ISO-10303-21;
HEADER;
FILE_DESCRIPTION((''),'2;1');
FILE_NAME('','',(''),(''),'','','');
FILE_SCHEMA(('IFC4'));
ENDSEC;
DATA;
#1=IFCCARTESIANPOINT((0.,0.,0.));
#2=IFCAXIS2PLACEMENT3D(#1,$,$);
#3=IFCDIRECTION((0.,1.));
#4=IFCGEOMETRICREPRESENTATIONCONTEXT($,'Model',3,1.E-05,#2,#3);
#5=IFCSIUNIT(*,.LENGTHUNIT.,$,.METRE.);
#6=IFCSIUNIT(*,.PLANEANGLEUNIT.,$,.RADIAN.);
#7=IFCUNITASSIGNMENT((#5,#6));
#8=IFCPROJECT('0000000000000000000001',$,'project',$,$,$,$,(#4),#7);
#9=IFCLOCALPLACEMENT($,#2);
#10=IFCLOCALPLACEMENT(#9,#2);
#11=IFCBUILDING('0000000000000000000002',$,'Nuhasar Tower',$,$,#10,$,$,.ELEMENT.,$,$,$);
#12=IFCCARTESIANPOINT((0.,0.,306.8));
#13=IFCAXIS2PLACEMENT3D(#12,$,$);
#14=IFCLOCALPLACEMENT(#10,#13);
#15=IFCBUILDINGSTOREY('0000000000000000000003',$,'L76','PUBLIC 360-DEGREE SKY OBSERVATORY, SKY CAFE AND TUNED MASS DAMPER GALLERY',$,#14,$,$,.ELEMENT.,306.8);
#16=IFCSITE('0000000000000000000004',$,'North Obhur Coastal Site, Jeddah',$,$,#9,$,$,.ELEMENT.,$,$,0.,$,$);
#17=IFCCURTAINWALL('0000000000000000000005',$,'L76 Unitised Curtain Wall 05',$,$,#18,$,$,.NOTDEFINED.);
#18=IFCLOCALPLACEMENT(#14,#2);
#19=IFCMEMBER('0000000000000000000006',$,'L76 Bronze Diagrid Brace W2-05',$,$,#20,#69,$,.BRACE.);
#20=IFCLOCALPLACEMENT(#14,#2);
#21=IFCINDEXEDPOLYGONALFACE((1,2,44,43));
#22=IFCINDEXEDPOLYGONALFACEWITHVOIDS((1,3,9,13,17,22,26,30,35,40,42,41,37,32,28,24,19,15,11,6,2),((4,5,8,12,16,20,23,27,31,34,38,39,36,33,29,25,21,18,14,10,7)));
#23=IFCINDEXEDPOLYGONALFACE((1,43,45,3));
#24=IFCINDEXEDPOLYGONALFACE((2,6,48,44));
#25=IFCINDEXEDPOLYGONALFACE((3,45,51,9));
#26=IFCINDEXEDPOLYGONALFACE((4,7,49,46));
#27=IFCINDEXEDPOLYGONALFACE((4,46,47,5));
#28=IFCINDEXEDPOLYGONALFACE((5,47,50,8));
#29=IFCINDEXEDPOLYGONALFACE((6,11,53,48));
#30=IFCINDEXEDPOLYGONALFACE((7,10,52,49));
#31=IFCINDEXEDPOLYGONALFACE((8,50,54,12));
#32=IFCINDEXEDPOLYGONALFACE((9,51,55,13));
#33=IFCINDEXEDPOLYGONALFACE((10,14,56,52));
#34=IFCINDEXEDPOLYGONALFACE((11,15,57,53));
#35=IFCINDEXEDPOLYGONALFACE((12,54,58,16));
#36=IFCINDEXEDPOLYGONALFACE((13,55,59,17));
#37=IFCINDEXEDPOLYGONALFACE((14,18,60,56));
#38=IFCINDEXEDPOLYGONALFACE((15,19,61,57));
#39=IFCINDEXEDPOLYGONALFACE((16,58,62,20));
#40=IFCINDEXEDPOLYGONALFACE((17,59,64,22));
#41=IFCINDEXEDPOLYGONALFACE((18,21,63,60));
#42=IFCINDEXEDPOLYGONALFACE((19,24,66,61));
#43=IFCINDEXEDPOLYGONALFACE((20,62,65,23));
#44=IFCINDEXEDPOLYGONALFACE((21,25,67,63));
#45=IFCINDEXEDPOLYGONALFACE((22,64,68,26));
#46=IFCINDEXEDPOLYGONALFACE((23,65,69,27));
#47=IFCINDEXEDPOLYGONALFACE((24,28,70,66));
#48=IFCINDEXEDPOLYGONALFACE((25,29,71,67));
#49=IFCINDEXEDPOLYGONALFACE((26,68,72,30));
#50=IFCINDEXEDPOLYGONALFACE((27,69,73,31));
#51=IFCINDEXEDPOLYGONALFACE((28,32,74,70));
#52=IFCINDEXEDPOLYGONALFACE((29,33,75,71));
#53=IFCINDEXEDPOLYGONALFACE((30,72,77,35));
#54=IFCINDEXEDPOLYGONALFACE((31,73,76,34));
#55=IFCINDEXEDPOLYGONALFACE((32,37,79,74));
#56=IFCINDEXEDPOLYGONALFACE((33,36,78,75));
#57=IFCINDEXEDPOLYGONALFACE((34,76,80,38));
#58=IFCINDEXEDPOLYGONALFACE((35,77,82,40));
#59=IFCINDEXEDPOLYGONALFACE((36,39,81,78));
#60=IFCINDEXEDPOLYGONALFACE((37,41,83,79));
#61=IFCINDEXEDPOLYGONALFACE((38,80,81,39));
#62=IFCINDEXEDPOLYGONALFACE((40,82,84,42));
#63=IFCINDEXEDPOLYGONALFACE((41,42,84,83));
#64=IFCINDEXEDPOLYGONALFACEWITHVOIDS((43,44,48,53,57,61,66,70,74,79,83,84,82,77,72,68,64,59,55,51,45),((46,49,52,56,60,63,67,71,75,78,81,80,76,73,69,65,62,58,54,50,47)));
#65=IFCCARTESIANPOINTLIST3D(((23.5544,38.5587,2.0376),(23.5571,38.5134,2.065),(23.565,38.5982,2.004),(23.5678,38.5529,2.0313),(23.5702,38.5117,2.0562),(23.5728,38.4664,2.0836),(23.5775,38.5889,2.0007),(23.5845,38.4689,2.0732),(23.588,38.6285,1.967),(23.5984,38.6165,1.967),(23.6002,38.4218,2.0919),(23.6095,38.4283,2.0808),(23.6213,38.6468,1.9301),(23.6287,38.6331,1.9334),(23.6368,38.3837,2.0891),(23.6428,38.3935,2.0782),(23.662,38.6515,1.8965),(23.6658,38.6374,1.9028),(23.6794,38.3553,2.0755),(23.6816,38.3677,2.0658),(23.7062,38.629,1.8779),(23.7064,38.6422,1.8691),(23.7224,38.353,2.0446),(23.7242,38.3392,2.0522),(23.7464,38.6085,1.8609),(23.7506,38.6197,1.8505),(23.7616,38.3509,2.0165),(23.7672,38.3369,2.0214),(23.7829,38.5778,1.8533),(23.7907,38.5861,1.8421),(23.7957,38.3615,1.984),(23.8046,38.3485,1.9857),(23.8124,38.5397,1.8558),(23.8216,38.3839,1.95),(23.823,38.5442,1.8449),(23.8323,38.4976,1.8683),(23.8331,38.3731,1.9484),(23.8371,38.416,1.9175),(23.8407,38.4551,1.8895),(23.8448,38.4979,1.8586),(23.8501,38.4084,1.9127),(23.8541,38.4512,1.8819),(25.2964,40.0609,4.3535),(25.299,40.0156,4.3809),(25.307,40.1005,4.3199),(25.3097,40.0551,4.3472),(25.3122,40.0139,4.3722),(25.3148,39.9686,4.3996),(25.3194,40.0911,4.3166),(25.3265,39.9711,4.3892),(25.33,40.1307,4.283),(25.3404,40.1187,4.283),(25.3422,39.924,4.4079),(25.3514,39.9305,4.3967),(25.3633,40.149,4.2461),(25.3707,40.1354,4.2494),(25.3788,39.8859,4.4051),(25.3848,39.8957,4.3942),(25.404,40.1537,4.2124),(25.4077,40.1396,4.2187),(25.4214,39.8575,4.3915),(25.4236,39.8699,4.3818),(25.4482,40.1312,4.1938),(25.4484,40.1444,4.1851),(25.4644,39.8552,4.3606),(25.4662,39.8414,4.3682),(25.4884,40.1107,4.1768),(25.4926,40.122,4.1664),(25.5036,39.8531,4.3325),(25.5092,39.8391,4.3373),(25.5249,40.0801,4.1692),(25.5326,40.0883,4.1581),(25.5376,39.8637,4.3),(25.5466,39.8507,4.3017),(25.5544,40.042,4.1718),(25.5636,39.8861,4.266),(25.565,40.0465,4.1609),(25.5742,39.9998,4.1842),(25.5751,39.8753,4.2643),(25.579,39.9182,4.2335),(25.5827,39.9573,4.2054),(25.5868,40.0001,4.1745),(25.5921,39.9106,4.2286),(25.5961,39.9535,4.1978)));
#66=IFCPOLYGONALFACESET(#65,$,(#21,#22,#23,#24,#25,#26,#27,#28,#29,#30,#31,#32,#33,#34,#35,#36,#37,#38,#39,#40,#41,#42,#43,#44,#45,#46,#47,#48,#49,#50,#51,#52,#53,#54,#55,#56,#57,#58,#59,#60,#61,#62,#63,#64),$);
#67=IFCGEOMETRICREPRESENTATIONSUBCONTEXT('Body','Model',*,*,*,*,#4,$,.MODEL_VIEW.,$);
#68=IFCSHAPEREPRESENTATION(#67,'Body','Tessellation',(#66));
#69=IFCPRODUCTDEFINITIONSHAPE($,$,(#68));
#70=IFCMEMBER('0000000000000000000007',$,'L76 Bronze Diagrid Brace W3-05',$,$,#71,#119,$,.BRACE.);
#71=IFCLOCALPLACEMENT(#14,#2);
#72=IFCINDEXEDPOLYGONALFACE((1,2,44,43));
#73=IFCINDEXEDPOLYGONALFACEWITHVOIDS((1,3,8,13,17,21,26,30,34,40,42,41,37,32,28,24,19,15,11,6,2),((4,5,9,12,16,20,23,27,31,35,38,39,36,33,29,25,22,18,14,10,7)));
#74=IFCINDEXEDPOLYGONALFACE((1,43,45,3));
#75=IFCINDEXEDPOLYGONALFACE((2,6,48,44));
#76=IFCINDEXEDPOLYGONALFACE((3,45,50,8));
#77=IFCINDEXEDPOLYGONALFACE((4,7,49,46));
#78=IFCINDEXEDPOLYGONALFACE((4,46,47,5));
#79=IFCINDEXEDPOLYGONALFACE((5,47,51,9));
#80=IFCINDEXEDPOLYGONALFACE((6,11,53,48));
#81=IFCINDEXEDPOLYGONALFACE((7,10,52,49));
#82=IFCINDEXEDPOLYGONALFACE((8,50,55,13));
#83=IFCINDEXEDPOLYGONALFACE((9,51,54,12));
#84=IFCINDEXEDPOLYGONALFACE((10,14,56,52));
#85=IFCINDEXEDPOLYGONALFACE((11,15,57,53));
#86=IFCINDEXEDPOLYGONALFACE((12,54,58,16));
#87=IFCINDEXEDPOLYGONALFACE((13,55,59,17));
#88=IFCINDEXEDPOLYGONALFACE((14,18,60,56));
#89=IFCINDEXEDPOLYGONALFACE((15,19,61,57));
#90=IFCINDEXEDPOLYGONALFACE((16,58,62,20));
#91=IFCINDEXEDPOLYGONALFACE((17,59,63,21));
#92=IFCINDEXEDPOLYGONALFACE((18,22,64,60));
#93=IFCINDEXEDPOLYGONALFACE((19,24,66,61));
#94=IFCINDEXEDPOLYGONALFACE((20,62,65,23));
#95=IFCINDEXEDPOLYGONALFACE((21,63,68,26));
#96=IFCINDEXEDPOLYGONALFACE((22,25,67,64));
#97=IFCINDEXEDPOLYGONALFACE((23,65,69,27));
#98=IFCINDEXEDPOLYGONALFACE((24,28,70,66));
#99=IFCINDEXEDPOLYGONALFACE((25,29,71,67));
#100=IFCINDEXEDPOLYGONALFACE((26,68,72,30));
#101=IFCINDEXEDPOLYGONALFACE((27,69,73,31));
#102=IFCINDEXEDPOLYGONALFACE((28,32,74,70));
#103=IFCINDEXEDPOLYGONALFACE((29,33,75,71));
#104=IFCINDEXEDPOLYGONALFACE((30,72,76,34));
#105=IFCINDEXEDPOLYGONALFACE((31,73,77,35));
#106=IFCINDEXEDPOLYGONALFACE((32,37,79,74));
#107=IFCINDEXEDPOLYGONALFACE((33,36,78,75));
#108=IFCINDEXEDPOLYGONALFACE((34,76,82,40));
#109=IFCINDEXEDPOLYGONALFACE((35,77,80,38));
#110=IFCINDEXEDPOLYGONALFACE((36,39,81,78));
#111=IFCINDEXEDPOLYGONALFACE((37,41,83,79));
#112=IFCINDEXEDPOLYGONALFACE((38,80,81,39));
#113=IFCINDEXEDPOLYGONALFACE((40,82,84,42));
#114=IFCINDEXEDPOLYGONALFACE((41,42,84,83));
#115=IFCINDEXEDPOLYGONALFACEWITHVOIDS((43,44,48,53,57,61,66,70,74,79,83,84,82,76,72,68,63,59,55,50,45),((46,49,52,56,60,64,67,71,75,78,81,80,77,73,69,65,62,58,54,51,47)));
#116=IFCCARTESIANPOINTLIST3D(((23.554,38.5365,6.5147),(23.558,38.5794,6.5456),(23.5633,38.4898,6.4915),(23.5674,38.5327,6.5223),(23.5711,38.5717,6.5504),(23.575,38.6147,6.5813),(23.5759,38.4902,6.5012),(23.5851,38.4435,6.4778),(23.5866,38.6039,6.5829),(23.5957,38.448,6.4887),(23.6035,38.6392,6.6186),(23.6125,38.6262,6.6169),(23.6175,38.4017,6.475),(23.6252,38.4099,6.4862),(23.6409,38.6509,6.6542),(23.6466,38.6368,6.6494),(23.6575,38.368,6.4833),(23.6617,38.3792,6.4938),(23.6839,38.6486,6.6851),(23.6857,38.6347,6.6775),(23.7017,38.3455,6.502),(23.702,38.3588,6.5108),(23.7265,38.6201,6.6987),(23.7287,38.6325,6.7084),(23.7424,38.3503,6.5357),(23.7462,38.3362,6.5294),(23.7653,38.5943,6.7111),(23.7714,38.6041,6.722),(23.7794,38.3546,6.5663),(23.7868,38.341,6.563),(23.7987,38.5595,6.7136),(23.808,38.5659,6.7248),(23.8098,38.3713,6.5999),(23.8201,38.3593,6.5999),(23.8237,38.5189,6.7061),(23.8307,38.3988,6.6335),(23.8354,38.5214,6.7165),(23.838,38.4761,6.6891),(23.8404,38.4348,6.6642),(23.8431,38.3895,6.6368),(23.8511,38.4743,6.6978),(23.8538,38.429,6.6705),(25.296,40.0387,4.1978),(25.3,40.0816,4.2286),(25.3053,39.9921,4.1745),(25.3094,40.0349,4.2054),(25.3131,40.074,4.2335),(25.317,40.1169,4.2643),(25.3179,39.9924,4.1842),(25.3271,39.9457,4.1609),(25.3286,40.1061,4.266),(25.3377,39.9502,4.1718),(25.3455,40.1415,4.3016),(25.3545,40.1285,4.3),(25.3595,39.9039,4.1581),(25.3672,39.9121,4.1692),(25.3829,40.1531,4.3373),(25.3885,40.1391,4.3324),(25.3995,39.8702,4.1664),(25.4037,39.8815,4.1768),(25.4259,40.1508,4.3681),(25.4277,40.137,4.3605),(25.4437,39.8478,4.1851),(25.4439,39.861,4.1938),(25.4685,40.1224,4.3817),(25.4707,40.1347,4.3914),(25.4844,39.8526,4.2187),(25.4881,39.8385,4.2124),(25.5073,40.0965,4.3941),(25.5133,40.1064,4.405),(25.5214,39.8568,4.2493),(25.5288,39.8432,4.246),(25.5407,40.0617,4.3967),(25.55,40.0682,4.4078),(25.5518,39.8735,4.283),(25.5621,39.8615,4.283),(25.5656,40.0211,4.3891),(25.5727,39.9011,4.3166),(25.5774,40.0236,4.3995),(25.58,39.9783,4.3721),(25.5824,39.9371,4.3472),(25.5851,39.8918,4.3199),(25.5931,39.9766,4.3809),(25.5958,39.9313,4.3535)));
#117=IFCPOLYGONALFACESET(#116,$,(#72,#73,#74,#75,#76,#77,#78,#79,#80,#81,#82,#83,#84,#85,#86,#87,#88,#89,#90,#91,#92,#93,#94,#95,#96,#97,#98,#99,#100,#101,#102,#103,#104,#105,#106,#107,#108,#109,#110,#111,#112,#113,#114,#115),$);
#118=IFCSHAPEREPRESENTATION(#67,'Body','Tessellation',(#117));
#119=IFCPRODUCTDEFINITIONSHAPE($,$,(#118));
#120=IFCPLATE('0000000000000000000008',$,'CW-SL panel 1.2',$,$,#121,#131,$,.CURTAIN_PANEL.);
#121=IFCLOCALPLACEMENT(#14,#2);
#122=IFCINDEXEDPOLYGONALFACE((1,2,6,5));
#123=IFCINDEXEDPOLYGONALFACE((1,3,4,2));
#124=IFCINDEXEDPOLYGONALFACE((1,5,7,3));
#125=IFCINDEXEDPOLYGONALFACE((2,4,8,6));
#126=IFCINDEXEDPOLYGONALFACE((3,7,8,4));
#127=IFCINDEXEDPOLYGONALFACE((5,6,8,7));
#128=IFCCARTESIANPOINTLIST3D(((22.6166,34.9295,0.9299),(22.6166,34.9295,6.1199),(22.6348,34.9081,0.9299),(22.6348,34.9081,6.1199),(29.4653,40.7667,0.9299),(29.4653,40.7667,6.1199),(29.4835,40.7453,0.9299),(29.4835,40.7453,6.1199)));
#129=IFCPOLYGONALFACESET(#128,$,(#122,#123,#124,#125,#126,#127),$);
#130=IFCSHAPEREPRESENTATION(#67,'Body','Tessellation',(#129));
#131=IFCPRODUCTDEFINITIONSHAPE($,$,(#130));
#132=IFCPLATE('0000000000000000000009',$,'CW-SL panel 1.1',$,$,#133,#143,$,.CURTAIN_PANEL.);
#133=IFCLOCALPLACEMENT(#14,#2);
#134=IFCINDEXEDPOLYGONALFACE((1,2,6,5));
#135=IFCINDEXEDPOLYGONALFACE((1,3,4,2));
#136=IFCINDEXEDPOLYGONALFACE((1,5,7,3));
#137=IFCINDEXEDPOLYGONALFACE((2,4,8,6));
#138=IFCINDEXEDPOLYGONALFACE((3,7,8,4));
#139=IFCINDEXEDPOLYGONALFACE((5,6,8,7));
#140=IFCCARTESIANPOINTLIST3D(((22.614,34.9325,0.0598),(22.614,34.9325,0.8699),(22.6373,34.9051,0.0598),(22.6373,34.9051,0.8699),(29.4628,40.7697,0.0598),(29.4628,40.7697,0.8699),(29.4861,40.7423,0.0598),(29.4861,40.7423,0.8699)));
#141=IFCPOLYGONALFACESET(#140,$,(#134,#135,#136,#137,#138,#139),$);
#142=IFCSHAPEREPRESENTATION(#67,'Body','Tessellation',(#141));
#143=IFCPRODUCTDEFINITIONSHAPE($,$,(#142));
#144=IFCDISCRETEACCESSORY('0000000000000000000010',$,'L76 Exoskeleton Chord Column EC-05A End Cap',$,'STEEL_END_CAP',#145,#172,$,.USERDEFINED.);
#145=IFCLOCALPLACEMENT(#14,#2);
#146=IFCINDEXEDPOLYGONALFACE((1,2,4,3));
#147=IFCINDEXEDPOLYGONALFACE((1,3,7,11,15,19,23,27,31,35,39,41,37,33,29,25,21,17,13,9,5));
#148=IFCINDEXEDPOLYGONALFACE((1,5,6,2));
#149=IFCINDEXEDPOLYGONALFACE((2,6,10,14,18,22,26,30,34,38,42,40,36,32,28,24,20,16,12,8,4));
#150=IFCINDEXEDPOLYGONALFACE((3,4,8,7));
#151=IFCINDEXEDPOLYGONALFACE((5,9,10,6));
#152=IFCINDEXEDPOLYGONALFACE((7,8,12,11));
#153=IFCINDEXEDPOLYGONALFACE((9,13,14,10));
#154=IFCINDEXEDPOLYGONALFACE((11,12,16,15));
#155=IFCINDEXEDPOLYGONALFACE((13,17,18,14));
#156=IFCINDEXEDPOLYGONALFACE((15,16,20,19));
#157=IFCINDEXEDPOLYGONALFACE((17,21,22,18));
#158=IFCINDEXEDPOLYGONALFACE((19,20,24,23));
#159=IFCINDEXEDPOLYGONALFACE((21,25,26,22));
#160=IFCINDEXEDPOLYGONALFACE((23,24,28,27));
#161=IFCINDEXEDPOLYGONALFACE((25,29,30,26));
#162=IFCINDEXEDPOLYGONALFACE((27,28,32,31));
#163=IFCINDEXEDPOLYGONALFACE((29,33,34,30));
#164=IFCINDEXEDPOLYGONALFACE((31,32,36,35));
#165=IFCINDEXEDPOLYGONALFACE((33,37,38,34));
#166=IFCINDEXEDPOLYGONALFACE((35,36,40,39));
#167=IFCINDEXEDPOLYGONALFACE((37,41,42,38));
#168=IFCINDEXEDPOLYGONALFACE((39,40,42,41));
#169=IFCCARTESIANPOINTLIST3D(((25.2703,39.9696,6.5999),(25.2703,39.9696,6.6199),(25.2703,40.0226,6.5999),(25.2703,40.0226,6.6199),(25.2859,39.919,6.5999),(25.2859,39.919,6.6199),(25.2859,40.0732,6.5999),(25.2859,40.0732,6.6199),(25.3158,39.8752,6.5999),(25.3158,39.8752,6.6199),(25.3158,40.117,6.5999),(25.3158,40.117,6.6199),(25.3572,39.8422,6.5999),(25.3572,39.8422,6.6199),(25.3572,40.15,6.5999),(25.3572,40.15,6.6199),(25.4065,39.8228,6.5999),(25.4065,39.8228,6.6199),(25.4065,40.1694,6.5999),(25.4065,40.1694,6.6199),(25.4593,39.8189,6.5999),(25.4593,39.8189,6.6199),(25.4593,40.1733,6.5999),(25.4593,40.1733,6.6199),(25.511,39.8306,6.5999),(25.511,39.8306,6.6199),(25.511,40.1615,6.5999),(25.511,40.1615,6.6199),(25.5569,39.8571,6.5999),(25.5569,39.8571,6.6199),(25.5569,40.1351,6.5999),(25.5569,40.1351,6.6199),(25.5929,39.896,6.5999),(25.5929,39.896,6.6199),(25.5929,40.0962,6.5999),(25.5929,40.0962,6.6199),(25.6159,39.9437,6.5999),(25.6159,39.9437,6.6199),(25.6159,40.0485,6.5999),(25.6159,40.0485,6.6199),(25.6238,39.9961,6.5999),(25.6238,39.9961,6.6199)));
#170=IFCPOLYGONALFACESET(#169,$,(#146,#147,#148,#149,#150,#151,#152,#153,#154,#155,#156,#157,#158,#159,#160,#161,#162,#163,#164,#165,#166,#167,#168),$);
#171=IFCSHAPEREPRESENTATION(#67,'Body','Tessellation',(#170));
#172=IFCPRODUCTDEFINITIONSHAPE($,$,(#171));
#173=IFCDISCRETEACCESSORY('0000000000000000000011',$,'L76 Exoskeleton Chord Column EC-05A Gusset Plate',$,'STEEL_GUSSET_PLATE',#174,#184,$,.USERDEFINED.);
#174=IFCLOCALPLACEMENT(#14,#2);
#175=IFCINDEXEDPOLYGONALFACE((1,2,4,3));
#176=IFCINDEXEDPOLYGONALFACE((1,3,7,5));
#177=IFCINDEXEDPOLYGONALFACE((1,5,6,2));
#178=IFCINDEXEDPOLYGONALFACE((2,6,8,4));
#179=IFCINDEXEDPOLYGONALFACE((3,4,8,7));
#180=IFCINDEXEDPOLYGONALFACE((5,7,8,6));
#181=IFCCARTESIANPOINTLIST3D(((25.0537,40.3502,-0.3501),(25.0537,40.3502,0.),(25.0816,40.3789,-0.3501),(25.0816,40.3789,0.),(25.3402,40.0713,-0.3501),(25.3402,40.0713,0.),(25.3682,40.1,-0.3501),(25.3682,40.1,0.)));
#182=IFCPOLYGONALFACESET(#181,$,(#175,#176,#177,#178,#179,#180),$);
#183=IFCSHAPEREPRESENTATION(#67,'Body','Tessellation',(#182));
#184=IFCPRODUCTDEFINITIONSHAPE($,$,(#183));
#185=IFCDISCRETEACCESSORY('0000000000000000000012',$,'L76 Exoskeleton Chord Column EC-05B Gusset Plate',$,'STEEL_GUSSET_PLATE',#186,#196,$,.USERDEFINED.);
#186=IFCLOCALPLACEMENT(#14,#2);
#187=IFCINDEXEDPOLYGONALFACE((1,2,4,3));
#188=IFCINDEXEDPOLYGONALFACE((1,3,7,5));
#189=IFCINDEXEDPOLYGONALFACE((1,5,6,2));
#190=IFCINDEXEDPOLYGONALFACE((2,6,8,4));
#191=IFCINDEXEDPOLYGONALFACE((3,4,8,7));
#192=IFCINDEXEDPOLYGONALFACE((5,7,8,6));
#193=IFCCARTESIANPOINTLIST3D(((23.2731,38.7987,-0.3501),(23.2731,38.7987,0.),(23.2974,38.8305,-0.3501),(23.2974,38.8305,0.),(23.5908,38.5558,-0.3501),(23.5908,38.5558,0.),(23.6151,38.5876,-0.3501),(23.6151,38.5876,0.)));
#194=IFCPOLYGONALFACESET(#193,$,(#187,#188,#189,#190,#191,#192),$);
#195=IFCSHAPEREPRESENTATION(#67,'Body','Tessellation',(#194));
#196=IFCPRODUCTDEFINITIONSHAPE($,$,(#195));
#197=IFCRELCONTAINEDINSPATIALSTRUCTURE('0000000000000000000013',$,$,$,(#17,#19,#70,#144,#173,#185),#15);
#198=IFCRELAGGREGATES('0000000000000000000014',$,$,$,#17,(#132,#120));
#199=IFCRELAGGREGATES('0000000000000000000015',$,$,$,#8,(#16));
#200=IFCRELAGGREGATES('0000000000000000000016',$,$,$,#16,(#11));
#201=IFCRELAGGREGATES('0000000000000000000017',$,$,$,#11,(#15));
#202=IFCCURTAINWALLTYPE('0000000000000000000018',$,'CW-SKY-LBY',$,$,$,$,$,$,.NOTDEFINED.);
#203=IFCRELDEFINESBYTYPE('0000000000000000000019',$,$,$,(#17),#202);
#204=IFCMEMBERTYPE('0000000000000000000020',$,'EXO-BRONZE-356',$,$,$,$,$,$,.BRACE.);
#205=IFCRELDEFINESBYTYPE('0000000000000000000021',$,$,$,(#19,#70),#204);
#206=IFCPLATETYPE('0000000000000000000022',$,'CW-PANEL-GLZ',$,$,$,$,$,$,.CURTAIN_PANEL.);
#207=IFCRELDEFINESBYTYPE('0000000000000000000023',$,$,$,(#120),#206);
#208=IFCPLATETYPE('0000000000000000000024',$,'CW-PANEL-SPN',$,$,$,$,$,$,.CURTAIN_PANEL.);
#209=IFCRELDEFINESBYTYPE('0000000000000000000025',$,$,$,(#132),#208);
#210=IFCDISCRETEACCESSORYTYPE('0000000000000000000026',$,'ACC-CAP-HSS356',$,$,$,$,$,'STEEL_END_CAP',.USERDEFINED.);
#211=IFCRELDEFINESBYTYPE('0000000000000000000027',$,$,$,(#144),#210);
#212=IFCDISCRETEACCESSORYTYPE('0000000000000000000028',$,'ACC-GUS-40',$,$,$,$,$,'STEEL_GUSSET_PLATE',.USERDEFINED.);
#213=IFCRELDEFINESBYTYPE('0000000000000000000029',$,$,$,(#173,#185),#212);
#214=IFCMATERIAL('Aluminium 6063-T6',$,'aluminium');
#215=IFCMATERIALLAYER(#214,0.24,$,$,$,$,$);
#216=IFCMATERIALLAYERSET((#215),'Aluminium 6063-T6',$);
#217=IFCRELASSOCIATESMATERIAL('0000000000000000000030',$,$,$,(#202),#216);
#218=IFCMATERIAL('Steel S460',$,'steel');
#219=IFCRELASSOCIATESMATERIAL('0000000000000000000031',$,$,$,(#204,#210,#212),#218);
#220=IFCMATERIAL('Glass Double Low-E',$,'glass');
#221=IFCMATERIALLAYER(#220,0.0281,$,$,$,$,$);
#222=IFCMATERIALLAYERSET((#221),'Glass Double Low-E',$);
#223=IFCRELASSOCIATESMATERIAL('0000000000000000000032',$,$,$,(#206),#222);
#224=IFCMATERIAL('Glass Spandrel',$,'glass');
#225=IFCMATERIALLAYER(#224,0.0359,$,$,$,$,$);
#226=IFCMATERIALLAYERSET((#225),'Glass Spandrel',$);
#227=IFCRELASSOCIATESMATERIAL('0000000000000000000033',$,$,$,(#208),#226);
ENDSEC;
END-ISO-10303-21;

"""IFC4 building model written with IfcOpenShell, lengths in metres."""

from ifc_helpers import new_model, si_unit, direction, frame, origin, origin_2d, place, context, subcontext, project, spatial, rectangle, circle, hollow_circle, extrude, material, layer, layer_set, material_profile, profile_set, type_object, element, aggregate, save


model = new_model("IFC4")

# Units and contexts
model_context = context("Model", 3, precision=1e-05, world=origin(), true_north=direction((0.0, 1.0)))
body_context = subcontext(model_context, "Body", "Model", "MODEL_VIEW")
ifc_project = project(units=[si_unit("LENGTHUNIT", "METRE"), si_unit("PLANEANGLEUNIT", "RADIAN")], contexts=[model_context])

# Site, building, storey
site_placement = place(None, origin())
site = spatial("IfcSite", under=ifc_project, at=site_placement, Name="North Obhur Coastal Site, Jeddah", CompositionType="ELEMENT", RefElevation=0.0)
building_placement = place(site_placement, origin())
building = spatial("IfcBuilding", under=site, at=building_placement, Name="Nuhasar Tower", CompositionType="ELEMENT")
storey_placement = place(building_placement, frame((0.0, 0.0, 306.8)))
storey = spatial("IfcBuildingStorey", under=building, at=storey_placement, Name="L76", Description="PUBLIC 360-DEGREE SKY OBSERVATORY, SKY CAFE AND TUNED MASS DAMPER GALLERY", CompositionType="ELEMENT", Elevation=306.8)

# Shared definitions
ifc_material_1 = material(Name="Steel S460", Category="steel")

# Shared definitions
ifc_material_2 = material(Name="Aluminium 6063-T6", Category="aluminium")
ifc_layer_1 = layer(ifc_material_2, 0.24)
ifc_layer_set_1 = layer_set([ifc_layer_1], Name="Aluminium 6063-T6")
curtain_wall_type = type_object("IfcCurtainWallType", Name="CW-SKY-LBY", PredefinedType="NOTDEFINED", material=ifc_layer_set_1)

# Curtain wall
curtain_wall_1_placement = place(storey_placement, origin())
curtain_wall_1 = element("IfcCurtainWall", 1, at=curtain_wall_1_placement, inside=storey, type_object=curtain_wall_type, Name="L76 Unitised Curtain Wall 05", PredefinedType="NOTDEFINED")

# Members
ifc_material_profile_1 = material_profile(ifc_material_1, hollow_circle(Radius=0.1777, WallThickness=0.0159, at=origin_2d()), Name="HSS355.6X15.9")
ifc_profile_set_1 = profile_set([ifc_material_profile_1], Name="Steel S460")
member_type_1 = type_object("IfcMemberType", Name="EXO-BRONZE-356", PredefinedType="BRACE", material=ifc_profile_set_1)
member_1_placement = place(storey_placement, frame((23.7041, 38.4939, 1.967), z_axis=(0.533665, 0.460216, 0.709509), x_axis=(-0.65307, 0.757298, 0.0)))
element("IfcMember", 2, at=member_1_placement, inside=storey, type_object=member_type_1, Name="L76 Bronze Diagrid Brace W2-05", PredefinedType="BRACE", context=body_context, shape_type="SweptSolid", body=[
    extrude(hollow_circle(Radius=0.1777, WallThickness=0.0159, at=origin_2d()), origin(), (0.0, 0.0, 1.0), 3.2642),
])
member_2_placement = place(storey_placement, frame((25.446, 39.9961, 4.283), z_axis=(-0.533552, -0.460118, 0.709657), x_axis=(0.65307, -0.757298, 0.0)))
element("IfcMember", 3, at=member_2_placement, inside=storey, type_object=member_type_1, Name="L76 Bronze Diagrid Brace W3-05", PredefinedType="BRACE", context=body_context, shape_type="SweptSolid", body=[
    extrude(hollow_circle(Radius=0.1777, WallThickness=0.0159, at=origin_2d()), origin(), (0.0, 0.0, 1.0), 3.2649),
])

# Plates
ifc_material_3 = material(Name="Glass Double Low-E", Category="glass")
ifc_layer_2 = layer(ifc_material_3, 0.0281)
ifc_layer_set_2 = layer_set([ifc_layer_2], Name="Glass Double Low-E")
plate_type_1 = type_object("IfcPlateType", Name="CW-PANEL-GLZ", PredefinedType="CURTAIN_PANEL", material=ifc_layer_set_2)
plate_1_placement = place(storey_placement, frame((26.05, 37.8374, 0.9299), z_axis=(0.0, 0.0, 1.0), x_axis=(-0.761073, -0.648666, 0.0)))
plate_1 = element("IfcPlate", 4, at=plate_1_placement, type_object=plate_type_1, Name="CW-SL panel 1.2", PredefinedType="CURTAIN_PANEL", context=body_context, shape_type="SweptSolid", body=[
    extrude(rectangle(XDim=8.9988, YDim=0.0281, at=origin_2d()), origin(), (0.0, 0.0, 1.0), 5.1899),
])
ifc_material_4 = material(Name="Glass Spandrel", Category="glass")
ifc_layer_3 = layer(ifc_material_4, 0.0359)
ifc_layer_set_3 = layer_set([ifc_layer_3], Name="Glass Spandrel")
plate_type_2 = type_object("IfcPlateType", Name="CW-PANEL-SPN", PredefinedType="CURTAIN_PANEL", material=ifc_layer_set_3)
plate_2_placement = place(storey_placement, frame((26.05, 37.8374, 0.0598), z_axis=(0.0, 0.0, 1.0), x_axis=(-0.761073, -0.648666, 0.0)))
plate_2 = element("IfcPlate", 5, at=plate_2_placement, type_object=plate_type_2, Name="CW-SL panel 1.1", PredefinedType="CURTAIN_PANEL", context=body_context, shape_type="SweptSolid", body=[
    extrude(rectangle(XDim=8.9988, YDim=0.0359, at=origin_2d()), origin(), (0.0, 0.0, 1.0), 0.8101),
])
aggregate(curtain_wall_1, [plate_2, plate_1])

# Discrete accessories
discrete_accessory_type_1 = type_object("IfcDiscreteAccessoryType", Name="ACC-CAP-HSS356", ElementType="STEEL_END_CAP", PredefinedType="USERDEFINED", material=ifc_material_1)
discrete_accessory_placement = place(storey_placement, frame((25.446, 39.9961, 6.5999), z_axis=(0.0, 0.0, 1.0), x_axis=(1.0, 0.0, 0.0)))
element("IfcDiscreteAccessory", 6, at=discrete_accessory_placement, inside=storey, type_object=discrete_accessory_type_1, Name="L76 Exoskeleton Chord Column EC-05A End Cap", ObjectType="STEEL_END_CAP", PredefinedType="USERDEFINED", context=body_context, shape_type="SweptSolid", body=[
    extrude(circle(Radius=0.1777, at=origin_2d()), origin(), (0.0, 0.0, 1.0), 0.02),
])
discrete_accessory_type_2 = type_object("IfcDiscreteAccessoryType", Name="ACC-GUS-40", ElementType="STEEL_GUSSET_PLATE", PredefinedType="USERDEFINED", material=ifc_material_1)
for number, where, z_axis, x_axis, name in (
    (7, (25.2109, 40.2251, -0.3501), (0.0, 0.0, 1.0), (-0.716509, 0.697578, 0.0), "L76 Exoskeleton Chord Column EC-05A Gusset Plate"),
    (8, (23.4441, 38.6931, -0.3501), (0.0, 0.0, 1.0), (-0.794436, 0.607348, 0.0), "L76 Exoskeleton Chord Column EC-05B Gusset Plate"),
):
    element("IfcDiscreteAccessory", number, at=place(storey_placement, frame(where, z_axis=z_axis, x_axis=x_axis)), inside=storey, type_object=discrete_accessory_type_2, Name=name, ObjectType="STEEL_GUSSET_PLATE", PredefinedType="USERDEFINED", context=body_context, shape_type="SweptSolid", body=[
        extrude(rectangle(XDim=0.3999, YDim=0.04, at=origin_2d()), origin(), (0.0, 0.0, 1.0), 0.3501),
    ])

save(model, "model.ifc")
